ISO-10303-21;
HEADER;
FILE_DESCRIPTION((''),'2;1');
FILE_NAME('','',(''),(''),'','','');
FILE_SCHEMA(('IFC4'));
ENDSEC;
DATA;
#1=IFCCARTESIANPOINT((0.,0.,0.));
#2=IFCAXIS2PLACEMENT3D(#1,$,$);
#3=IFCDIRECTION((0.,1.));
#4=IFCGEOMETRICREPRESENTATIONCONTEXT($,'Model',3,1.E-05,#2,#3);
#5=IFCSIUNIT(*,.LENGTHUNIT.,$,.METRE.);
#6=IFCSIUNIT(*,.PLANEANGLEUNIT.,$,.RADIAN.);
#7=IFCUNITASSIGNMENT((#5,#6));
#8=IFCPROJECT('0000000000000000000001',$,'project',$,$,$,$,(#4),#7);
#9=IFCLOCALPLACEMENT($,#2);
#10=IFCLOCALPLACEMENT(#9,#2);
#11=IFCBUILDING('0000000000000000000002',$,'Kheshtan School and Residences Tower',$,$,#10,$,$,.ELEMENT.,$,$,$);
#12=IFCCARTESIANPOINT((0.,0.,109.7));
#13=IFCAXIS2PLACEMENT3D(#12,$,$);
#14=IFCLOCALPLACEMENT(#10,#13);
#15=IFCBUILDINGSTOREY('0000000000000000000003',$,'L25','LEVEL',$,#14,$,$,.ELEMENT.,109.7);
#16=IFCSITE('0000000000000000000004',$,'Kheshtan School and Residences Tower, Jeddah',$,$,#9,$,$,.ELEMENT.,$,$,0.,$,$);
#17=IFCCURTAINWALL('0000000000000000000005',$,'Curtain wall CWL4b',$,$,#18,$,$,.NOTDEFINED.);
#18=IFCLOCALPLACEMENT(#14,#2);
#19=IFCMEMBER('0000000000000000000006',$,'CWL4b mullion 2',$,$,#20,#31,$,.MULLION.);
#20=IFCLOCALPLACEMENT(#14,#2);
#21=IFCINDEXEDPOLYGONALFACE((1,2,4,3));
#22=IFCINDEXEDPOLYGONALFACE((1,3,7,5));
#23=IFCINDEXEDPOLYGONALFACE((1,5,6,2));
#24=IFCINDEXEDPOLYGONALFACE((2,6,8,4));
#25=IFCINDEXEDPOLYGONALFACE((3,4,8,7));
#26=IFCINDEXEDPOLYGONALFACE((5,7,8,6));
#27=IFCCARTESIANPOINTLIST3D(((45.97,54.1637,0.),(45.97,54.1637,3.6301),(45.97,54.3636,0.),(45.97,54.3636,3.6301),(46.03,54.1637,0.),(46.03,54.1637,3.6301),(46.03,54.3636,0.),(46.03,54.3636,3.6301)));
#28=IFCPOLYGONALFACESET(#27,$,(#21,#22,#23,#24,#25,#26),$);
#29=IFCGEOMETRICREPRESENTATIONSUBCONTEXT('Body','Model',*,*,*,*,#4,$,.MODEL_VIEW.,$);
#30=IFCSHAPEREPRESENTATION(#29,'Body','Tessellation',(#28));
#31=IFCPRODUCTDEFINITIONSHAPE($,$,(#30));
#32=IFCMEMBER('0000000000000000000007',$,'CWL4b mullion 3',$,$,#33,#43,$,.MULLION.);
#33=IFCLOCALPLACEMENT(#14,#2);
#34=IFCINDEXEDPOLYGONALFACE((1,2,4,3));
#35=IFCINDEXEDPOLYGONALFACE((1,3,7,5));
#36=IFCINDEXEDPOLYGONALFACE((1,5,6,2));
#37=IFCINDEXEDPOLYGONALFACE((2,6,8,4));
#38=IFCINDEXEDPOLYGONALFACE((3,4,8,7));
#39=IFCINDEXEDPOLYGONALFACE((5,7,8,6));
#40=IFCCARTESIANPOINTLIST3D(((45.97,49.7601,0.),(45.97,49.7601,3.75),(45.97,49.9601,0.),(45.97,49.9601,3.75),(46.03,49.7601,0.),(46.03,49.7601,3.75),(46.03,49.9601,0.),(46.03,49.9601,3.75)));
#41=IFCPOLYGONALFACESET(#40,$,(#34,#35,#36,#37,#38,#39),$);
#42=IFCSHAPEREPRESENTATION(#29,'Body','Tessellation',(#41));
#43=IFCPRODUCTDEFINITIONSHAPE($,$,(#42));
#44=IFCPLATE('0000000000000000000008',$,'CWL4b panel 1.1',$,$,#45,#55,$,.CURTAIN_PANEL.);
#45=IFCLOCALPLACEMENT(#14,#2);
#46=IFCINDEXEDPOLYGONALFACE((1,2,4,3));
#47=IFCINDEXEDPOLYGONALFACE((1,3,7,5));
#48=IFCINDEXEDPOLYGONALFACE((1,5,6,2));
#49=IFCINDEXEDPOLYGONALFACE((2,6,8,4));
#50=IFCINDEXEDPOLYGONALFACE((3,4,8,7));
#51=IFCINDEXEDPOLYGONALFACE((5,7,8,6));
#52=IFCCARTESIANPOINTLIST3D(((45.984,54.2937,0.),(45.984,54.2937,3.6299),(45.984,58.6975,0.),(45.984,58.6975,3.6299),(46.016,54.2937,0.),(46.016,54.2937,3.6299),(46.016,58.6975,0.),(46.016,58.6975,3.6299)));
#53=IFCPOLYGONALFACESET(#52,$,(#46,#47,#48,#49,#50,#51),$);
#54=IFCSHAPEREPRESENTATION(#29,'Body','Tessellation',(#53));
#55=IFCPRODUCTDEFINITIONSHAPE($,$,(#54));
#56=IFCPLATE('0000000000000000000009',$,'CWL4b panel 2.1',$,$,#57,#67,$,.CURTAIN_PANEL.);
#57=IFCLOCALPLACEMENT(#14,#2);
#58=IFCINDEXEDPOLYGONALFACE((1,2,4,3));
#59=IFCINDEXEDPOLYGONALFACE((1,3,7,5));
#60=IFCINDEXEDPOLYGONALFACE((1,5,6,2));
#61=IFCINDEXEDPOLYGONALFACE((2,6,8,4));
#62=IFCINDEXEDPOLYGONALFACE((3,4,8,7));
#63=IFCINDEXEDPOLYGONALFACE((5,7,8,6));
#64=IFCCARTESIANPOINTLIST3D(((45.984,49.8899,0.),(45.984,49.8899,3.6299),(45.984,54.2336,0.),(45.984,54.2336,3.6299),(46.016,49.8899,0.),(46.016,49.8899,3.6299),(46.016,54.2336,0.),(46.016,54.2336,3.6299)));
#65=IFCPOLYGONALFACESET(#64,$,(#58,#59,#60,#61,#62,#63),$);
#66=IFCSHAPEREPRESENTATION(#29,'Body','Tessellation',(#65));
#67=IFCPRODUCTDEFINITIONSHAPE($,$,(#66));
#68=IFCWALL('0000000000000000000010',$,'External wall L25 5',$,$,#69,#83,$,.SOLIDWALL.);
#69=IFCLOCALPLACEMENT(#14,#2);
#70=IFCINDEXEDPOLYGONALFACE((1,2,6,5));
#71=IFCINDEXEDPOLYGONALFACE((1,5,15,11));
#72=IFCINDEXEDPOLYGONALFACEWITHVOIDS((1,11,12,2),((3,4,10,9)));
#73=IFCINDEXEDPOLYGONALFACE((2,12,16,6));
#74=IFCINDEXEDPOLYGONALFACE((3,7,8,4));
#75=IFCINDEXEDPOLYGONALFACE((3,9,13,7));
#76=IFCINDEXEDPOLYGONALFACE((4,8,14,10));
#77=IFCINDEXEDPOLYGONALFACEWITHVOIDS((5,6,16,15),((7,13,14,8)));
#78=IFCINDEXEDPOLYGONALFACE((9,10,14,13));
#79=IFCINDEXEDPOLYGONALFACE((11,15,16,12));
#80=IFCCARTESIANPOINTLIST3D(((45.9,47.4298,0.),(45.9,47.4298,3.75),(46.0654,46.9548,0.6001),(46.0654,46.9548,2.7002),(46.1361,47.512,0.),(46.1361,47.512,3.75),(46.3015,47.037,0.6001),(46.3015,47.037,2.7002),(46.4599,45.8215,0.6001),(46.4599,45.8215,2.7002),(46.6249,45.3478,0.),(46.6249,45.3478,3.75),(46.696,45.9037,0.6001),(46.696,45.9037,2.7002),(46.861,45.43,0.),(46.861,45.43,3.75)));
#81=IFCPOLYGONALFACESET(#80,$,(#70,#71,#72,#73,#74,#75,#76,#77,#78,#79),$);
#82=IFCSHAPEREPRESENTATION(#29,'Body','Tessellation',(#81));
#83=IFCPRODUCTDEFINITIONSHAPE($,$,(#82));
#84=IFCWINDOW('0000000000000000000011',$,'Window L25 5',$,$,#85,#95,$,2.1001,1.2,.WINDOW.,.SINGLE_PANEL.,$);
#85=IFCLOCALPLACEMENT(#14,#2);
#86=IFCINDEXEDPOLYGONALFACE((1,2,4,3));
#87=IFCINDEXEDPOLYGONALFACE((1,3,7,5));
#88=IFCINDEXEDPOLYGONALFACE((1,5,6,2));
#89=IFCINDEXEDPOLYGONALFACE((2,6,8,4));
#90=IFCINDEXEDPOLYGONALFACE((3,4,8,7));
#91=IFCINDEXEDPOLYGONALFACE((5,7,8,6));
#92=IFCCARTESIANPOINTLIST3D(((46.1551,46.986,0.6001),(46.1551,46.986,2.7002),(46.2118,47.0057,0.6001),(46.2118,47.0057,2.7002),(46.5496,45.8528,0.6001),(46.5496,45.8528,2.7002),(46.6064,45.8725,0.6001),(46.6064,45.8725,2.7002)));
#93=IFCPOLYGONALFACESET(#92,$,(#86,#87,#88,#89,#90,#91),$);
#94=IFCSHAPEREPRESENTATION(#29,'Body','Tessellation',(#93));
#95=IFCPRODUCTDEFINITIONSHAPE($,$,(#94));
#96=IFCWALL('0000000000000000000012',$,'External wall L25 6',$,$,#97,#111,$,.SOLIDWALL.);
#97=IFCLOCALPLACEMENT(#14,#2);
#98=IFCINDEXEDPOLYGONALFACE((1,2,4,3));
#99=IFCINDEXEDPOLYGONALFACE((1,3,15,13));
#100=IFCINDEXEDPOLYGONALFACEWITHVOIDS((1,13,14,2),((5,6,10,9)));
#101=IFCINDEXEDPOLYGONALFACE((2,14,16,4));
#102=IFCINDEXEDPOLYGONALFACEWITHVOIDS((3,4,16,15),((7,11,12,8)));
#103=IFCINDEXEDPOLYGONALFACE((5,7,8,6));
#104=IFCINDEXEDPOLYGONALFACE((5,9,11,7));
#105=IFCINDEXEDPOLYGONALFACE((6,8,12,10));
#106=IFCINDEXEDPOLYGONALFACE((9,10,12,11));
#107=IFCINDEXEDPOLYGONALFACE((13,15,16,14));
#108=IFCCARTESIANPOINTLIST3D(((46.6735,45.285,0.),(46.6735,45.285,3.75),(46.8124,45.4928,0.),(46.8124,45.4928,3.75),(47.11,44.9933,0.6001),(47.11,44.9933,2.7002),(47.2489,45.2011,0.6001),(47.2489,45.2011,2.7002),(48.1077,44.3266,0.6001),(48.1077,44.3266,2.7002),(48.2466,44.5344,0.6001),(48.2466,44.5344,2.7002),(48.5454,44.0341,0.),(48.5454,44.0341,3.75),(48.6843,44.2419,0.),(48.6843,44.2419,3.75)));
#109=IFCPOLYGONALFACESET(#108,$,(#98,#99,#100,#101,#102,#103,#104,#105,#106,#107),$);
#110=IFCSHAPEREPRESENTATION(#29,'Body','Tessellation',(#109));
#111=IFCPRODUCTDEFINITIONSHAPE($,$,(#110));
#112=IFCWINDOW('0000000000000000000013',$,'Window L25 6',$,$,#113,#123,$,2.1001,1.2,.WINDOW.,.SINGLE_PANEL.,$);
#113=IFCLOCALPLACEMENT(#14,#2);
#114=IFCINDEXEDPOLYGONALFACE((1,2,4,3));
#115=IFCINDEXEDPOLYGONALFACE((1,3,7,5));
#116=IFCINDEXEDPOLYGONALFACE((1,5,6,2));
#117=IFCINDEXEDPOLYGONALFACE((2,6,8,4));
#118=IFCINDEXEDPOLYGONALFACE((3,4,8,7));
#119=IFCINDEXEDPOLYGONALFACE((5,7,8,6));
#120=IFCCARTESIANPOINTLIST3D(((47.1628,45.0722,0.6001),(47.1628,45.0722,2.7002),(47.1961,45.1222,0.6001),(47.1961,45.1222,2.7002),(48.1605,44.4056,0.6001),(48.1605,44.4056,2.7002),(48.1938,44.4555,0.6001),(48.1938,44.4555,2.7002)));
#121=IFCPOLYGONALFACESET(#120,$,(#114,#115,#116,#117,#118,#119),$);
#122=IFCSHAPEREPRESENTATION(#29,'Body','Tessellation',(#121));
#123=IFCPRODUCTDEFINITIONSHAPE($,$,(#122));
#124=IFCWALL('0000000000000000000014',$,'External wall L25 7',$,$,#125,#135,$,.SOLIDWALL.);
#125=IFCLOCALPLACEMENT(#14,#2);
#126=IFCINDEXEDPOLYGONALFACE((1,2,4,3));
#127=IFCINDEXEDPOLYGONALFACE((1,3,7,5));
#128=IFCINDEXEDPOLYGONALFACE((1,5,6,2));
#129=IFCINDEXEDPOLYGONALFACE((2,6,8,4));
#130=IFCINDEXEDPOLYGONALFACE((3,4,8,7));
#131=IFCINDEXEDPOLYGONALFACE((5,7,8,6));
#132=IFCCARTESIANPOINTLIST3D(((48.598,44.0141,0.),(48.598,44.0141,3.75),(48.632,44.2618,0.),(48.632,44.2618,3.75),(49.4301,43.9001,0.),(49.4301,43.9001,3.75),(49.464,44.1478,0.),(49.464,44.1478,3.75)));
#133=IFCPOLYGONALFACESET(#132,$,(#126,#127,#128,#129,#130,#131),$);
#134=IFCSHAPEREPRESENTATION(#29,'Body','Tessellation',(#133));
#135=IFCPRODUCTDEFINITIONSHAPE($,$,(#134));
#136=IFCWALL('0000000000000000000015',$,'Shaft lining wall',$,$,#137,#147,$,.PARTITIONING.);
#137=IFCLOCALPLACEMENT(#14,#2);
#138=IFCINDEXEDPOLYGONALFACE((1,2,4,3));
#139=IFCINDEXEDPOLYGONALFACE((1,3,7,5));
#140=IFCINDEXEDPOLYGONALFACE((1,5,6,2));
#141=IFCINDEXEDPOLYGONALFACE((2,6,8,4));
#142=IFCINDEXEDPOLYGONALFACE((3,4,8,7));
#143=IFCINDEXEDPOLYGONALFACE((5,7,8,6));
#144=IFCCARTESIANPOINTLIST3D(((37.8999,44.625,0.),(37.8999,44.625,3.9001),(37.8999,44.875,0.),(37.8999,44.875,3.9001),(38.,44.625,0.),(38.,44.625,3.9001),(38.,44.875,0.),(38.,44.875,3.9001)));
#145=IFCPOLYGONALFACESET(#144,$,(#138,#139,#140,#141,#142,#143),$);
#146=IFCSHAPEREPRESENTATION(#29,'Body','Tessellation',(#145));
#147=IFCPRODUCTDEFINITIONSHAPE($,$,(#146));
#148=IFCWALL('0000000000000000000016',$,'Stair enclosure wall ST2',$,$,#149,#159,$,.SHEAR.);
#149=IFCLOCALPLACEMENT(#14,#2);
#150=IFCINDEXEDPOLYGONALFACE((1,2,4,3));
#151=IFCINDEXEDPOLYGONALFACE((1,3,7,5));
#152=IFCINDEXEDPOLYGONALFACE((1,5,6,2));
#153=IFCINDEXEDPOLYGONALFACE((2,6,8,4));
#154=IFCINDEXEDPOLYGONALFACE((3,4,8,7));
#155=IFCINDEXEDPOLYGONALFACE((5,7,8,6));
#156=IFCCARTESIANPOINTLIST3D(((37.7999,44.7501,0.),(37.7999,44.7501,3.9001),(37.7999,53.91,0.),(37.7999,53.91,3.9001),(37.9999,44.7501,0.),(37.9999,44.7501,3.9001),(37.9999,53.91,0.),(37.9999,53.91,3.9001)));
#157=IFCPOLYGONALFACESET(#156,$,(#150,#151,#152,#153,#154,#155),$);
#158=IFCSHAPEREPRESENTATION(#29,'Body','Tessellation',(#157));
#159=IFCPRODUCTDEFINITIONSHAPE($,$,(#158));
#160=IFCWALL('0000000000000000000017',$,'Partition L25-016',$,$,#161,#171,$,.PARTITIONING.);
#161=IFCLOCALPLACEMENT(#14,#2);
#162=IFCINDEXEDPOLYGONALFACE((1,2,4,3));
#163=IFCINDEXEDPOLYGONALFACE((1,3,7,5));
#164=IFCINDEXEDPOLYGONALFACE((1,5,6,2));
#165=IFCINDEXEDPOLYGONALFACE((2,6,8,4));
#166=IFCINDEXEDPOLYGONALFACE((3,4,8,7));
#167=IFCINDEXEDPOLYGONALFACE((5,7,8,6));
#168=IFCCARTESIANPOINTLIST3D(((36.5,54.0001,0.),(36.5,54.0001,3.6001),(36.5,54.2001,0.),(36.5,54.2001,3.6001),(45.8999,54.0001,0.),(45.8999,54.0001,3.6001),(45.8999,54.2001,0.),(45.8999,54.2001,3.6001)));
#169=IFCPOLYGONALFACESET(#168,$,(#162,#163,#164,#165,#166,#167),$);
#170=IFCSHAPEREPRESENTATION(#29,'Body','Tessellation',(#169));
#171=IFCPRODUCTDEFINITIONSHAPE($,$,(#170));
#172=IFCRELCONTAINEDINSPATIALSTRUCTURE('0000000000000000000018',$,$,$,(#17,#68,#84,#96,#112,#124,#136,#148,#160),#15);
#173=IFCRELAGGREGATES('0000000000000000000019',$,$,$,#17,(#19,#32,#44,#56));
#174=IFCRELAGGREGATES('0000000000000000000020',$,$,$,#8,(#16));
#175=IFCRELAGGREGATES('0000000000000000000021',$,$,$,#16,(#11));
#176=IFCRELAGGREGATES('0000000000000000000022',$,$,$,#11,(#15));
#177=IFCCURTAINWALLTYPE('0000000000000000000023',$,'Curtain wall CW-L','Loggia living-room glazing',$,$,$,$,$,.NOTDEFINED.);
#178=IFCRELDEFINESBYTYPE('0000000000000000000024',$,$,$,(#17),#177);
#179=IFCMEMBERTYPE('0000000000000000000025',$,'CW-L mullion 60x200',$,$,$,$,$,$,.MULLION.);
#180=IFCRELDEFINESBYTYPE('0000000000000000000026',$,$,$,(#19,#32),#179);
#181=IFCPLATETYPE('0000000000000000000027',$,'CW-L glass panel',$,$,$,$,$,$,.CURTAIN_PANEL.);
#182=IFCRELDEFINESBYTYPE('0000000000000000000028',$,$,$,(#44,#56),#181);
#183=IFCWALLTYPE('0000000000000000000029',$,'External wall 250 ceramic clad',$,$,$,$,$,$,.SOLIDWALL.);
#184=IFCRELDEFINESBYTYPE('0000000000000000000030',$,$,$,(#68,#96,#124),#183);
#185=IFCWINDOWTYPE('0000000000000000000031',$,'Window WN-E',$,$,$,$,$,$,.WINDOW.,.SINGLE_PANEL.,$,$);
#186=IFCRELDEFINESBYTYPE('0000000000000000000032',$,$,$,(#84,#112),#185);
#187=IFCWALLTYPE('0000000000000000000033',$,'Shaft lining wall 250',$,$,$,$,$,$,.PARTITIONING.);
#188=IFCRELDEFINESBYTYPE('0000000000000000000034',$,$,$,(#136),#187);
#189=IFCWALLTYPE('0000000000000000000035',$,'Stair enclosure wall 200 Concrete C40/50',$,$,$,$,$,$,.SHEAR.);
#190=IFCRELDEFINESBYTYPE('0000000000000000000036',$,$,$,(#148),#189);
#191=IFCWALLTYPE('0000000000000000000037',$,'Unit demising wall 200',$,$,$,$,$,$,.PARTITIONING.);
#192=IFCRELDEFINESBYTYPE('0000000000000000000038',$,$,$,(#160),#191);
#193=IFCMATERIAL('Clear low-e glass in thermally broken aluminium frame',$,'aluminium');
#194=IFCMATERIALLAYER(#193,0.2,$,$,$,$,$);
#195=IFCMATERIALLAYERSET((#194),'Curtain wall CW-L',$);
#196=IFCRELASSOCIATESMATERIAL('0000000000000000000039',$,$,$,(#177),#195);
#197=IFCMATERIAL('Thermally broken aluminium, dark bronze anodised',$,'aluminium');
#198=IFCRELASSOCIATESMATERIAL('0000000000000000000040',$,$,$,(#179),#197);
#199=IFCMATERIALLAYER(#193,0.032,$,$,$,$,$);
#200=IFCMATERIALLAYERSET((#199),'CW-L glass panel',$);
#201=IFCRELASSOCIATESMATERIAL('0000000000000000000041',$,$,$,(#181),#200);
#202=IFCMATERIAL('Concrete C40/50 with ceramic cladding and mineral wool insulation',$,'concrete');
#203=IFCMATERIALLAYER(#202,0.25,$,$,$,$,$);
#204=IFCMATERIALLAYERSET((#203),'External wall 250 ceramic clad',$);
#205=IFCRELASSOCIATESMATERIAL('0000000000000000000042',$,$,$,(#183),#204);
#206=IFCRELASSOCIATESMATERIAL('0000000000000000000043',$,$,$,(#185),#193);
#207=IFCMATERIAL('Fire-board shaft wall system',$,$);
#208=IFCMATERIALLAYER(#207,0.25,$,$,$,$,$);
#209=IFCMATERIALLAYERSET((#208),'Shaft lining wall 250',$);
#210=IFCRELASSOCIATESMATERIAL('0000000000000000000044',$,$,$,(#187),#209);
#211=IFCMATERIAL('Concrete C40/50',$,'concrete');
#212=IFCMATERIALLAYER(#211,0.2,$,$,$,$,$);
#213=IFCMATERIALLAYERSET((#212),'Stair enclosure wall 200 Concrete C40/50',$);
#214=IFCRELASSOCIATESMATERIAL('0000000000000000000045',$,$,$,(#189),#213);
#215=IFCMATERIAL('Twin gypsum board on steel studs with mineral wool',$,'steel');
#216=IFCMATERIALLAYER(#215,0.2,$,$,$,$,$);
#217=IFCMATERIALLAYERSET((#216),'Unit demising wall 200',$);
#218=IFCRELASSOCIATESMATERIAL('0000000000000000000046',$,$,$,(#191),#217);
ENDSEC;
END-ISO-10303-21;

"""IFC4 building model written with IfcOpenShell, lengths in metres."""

from ifc_helpers import new_model, si_unit, direction, frame, frame_2d, origin, origin_2d, place, context, subcontext, project, spatial, rectangle, extrude, source, transform, mapped, material, layer, layer_set, material_profile, profile_set, type_object, element, fill, aggregate, save


model = new_model("IFC4")

# Units and contexts
model_context = context("Model", 3, precision=1e-05, world=origin(), true_north=direction((0.0, 1.0)))
body_context = subcontext(model_context, "Body", "Model", "MODEL_VIEW")
ifc_project = project(units=[si_unit("LENGTHUNIT", "METRE"), si_unit("PLANEANGLEUNIT", "RADIAN")], contexts=[model_context])

# Site, building, storey
site_placement = place(None, origin())
site = spatial("IfcSite", under=ifc_project, at=site_placement, Name="Kheshtan School and Residences Tower, Jeddah", CompositionType="ELEMENT", RefElevation=0.0)
building_placement = place(site_placement, origin())
building = spatial("IfcBuilding", under=site, at=building_placement, Name="Kheshtan School and Residences Tower", CompositionType="ELEMENT")
storey_placement = place(building_placement, frame((0.0, 0.0, 109.7)))
storey = spatial("IfcBuildingStorey", under=building, at=storey_placement, Name="L25", Description="LEVEL", CompositionType="ELEMENT", Elevation=109.7)

# Curtain wall, members, plates
ifc_material_1 = material(Name="Clear low-e glass in thermally broken aluminium frame", Category="aluminium")
ifc_layer_1 = layer(ifc_material_1, 0.2)
ifc_layer_set_1 = layer_set([ifc_layer_1], Name="Curtain wall CW-L")
curtain_wall_type = type_object("IfcCurtainWallType", Name="Curtain wall CW-L", Description="Loggia living-room glazing", PredefinedType="NOTDEFINED", material=ifc_layer_set_1)
curtain_wall_placement = place(storey_placement, origin())
curtain_wall = element("IfcCurtainWall", 1, at=curtain_wall_placement, inside=storey, type_object=curtain_wall_type, Name="Curtain wall CWL4b", PredefinedType="NOTDEFINED")
ifc_material_2 = material(Name="Thermally broken aluminium, dark bronze anodised", Category="aluminium")
ifc_material_profile_1 = material_profile(ifc_material_2, rectangle(XDim=0.0601, YDim=0.2, at=origin_2d()), Name="CW-L mullion 60x200")
ifc_profile_set_1 = profile_set([ifc_material_profile_1], Name="Thermally broken aluminium, dark bronze anodised")
member_type = type_object("IfcMemberType", Name="CW-L mullion 60x200", PredefinedType="MULLION", material=ifc_profile_set_1)
member_1_placement = place(storey_placement, frame((46.0, 54.2637, 0.0), z_axis=(0.0, 0.0, 1.0), x_axis=(1.0, 0.0, 0.0)))
member_1 = element("IfcMember", 2, at=member_1_placement, type_object=member_type, Name="CWL4b mullion 2", PredefinedType="MULLION", context=body_context, shape_type="SweptSolid", body=[
    extrude(rectangle(XDim=0.0601, YDim=0.2, at=origin_2d()), origin(), (0.0, 0.0, 1.0), 3.6301),
])
member_2_placement = place(storey_placement, frame((46.0, 49.8601, 0.0), z_axis=(0.0, 0.0, 1.0), x_axis=(1.0, 0.0, 0.0)))
member_2 = element("IfcMember", 3, at=member_2_placement, type_object=member_type, Name="CWL4b mullion 3", PredefinedType="MULLION", context=body_context, shape_type="SweptSolid", body=[
    extrude(rectangle(XDim=0.0601, YDim=0.2, at=origin_2d()), origin(), (0.0, 0.0, 1.0), 3.75),
])
ifc_layer_2 = layer(ifc_material_1, 0.032)
ifc_layer_set_2 = layer_set([ifc_layer_2], Name="CW-L glass panel")
plate_type = type_object("IfcPlateType", Name="CW-L glass panel", PredefinedType="CURTAIN_PANEL", material=ifc_layer_set_2)
plate_1_placement = place(storey_placement, frame((46.0, 56.4956, 0.0), z_axis=(0.0, 0.0, 1.0), x_axis=(0.0, -1.0, 0.0)))
plate_1 = element("IfcPlate", 4, at=plate_1_placement, type_object=plate_type, Name="CWL4b panel 1.1", PredefinedType="CURTAIN_PANEL", context=body_context, shape_type="SweptSolid", body=[
    extrude(rectangle(XDim=4.4038, YDim=0.032, at=origin_2d()), origin(), (0.0, 0.0, 1.0), 3.6299),
])
plate_2_placement = place(storey_placement, frame((46.0, 52.0618, 0.0), z_axis=(0.0, 0.0, 1.0), x_axis=(0.0, -1.0, 0.0)))
plate_2 = element("IfcPlate", 5, at=plate_2_placement, type_object=plate_type, Name="CWL4b panel 2.1", PredefinedType="CURTAIN_PANEL", context=body_context, shape_type="SweptSolid", body=[
    extrude(rectangle(XDim=4.3438, YDim=0.032, at=origin_2d()), origin(), (0.0, 0.0, 1.0), 3.6299),
])
aggregate(curtain_wall, [member_1, member_2, plate_1, plate_2])

# Walls, openings, windows
ifc_material_3 = material(Name="Concrete C40/50 with ceramic cladding and mineral wool insulation", Category="concrete")
ifc_layer_3 = layer(ifc_material_3, 0.25)
ifc_layer_set_3 = layer_set([ifc_layer_3], Name="External wall 250 ceramic clad")
wall_type_1 = type_object("IfcWallType", Name="External wall 250 ceramic clad", PredefinedType="SOLIDWALL", material=ifc_layer_set_3)
wall_1_placement = place(storey_placement, frame((46.0181, 47.4709, 0.0), z_axis=(0.0, 0.0, 1.0), x_axis=(0.328791, -0.944403, 0.0)))
wall_1 = element("IfcWall", 6, at=wall_1_placement, inside=storey, type_object=wall_type_1, Name="External wall L25 5", PredefinedType="SOLIDWALL", context=body_context, shape_type="SweptSolid", body=[
    extrude(rectangle(XDim=2.2046, YDim=0.25, at=frame_2d((1.1023, 0.0))), origin(), (0.0, 0.0, 1.0), 3.75),
])
opening_1_placement = place(wall_1_placement, frame((0.5029, 0.0, 0.6001)))
opening_1 = element("IfcOpeningElement", 7, at=opening_1_placement, cuts=wall_1, PredefinedType="OPENING", context=body_context, shape_type="SweptSolid", body=[
    extrude(rectangle(XDim=1.2, YDim=2.1001, at=frame_2d((0.6001, 1.05))), frame((0.0, 0.135, 0.0), z_axis=(0.0, -1.0, 0.0), x_axis=(1.0, 0.0, 0.0)), (0.0, 0.0, 1.0), 0.27),
])
window_type = type_object("IfcWindowType", Name="Window WN-E", PartitioningType="SINGLE_PANEL", PredefinedType="WINDOW", material=ifc_material_1)
shared_shape_1 = source(origin(), body_context, "Body", "SweptSolid", [
    extrude(rectangle(XDim=1.2, YDim=2.1001, at=frame_2d((0.6001, 1.05))), frame((0.0, 0.03, 0.0), z_axis=(0.0, -1.0, 0.0), x_axis=(1.0, 0.0, 0.0)), (0.0, 0.0, 1.0), 0.0601),
])
window_1_placement = place(opening_1_placement, origin())
window_1 = element("IfcWindow", 8, at=window_1_placement, inside=storey, type_object=window_type, Name="Window L25 5", OverallHeight=2.1001, OverallWidth=1.2, PartitioningType="SINGLE_PANEL", PredefinedType="WINDOW", context=body_context, shape_type="MappedRepresentation", body=[
    mapped(shared_shape_1, transform((0.0, 0.0, 0.0), x_axis=(1.0, 0.0, 0.0), y_axis=(0.0, 1.0, 0.0), z_axis=(0.0, 0.0, 1.0), scale=1.0)),
])
fill(opening_1, window_1)
wall_2_placement = place(storey_placement, frame((46.7429, 45.3889, 0.0), z_axis=(0.0, 0.0, 1.0), x_axis=(0.831449, -0.555601, 0.0)))
wall_2 = element("IfcWall", 9, at=wall_2_placement, inside=storey, type_object=wall_type_1, Name="External wall L25 6", PredefinedType="SOLIDWALL", context=body_context, shape_type="SweptSolid", body=[
    extrude(rectangle(XDim=2.2515, YDim=0.25, at=frame_2d((1.1257, 0.0))), origin(), (0.0, 0.0, 1.0), 3.75),
])
opening_2_placement = place(wall_2_placement, frame((0.5249, 0.0, 0.6001)))
opening_2 = element("IfcOpeningElement", 10, at=opening_2_placement, cuts=wall_2, PredefinedType="OPENING", context=body_context, shape_type="SweptSolid", body=[
    extrude(rectangle(XDim=1.2, YDim=2.1001, at=frame_2d((0.6001, 1.05))), frame((0.0, 0.135, 0.0), z_axis=(0.0, -1.0, 0.0), x_axis=(1.0, 0.0, 0.0)), (0.0, 0.0, 1.0), 0.27),
])
window_2_placement = place(opening_2_placement, origin())
window_2 = element("IfcWindow", 11, at=window_2_placement, inside=storey, type_object=window_type, Name="Window L25 6", OverallHeight=2.1001, OverallWidth=1.2, PartitioningType="SINGLE_PANEL", PredefinedType="WINDOW", context=body_context, shape_type="MappedRepresentation", body=[
    mapped(shared_shape_1, transform((0.0, 0.0, 0.0), x_axis=(1.0, 0.0, 0.0), y_axis=(0.0, 1.0, 0.0), z_axis=(0.0, 0.0, 1.0), scale=1.0)),
])
fill(opening_2, window_2)

# Wall
wall_3_placement = place(storey_placement, frame((48.615, 44.1379, 0.0), z_axis=(0.0, 0.0, 1.0), x_axis=(0.990742, -0.135762, 0.0)))
element("IfcWall", 12, at=wall_3_placement, inside=storey, type_object=wall_type_1, Name="External wall L25 7", PredefinedType="SOLIDWALL", context=body_context, shape_type="SweptSolid", body=[
    extrude(rectangle(XDim=0.8398, YDim=0.25, at=frame_2d((0.4199, 0.0))), origin(), (0.0, 0.0, 1.0), 3.75),
])

# Walls
ifc_material_4 = material(Name="Fire-board shaft wall system")
ifc_layer_4 = layer(ifc_material_4, 0.25)
ifc_layer_set_4 = layer_set([ifc_layer_4], Name="Shaft lining wall 250")
wall_type_2 = type_object("IfcWallType", Name="Shaft lining wall 250", PredefinedType="PARTITIONING", material=ifc_layer_set_4)
wall_4_placement = place(storey_placement, frame((37.8999, 44.75, 0.0), z_axis=(0.0, 0.0, 1.0), x_axis=(1.0, 0.0, 0.0)))
element("IfcWall", 13, at=wall_4_placement, inside=storey, type_object=wall_type_2, Name="Shaft lining wall", PredefinedType="PARTITIONING", context=body_context, shape_type="SweptSolid", body=[
    extrude(rectangle(XDim=0.1001, YDim=0.25, at=frame_2d((0.05, 0.0))), origin(), (0.0, 0.0, 1.0), 3.9001),
])
ifc_material_5 = material(Name="Concrete C40/50", Category="concrete")
ifc_layer_5 = layer(ifc_material_5, 0.2)
ifc_layer_set_5 = layer_set([ifc_layer_5], Name="Stair enclosure wall 200 Concrete C40/50")
wall_type_3 = type_object("IfcWallType", Name="Stair enclosure wall 200 Concrete C40/50", PredefinedType="SHEAR", material=ifc_layer_set_5)
wall_5_placement = place(storey_placement, frame((37.8999, 44.75, 0.0), z_axis=(0.0, 0.0, 1.0), x_axis=(0.0, 1.0, 0.0)))
element("IfcWall", 14, at=wall_5_placement, inside=storey, type_object=wall_type_3, Name="Stair enclosure wall ST2", PredefinedType="SHEAR", context=body_context, shape_type="SweptSolid", body=[
    extrude(rectangle(XDim=9.1599, YDim=0.2, at=frame_2d((4.5801, 0.0))), origin(), (0.0, 0.0, 1.0), 3.9001),
])
ifc_material_6 = material(Name="Twin gypsum board on steel studs with mineral wool", Category="steel")
ifc_layer_6 = layer(ifc_material_6, 0.2)
ifc_layer_set_6 = layer_set([ifc_layer_6], Name="Unit demising wall 200")
wall_type_4 = type_object("IfcWallType", Name="Unit demising wall 200", PredefinedType="PARTITIONING", material=ifc_layer_set_6)
wall_6_placement = place(storey_placement, frame((36.5, 54.1001, 0.0), z_axis=(0.0, 0.0, 1.0), x_axis=(1.0, 0.0, 0.0)))
element("IfcWall", 15, at=wall_6_placement, inside=storey, type_object=wall_type_4, Name="Partition L25-016", PredefinedType="PARTITIONING", context=body_context, shape_type="SweptSolid", body=[
    extrude(rectangle(XDim=9.3999, YDim=0.2, at=frame_2d((4.7, 0.0))), origin(), (0.0, 0.0, 1.0), 3.6001),
])

save(model, "model.ifc")
